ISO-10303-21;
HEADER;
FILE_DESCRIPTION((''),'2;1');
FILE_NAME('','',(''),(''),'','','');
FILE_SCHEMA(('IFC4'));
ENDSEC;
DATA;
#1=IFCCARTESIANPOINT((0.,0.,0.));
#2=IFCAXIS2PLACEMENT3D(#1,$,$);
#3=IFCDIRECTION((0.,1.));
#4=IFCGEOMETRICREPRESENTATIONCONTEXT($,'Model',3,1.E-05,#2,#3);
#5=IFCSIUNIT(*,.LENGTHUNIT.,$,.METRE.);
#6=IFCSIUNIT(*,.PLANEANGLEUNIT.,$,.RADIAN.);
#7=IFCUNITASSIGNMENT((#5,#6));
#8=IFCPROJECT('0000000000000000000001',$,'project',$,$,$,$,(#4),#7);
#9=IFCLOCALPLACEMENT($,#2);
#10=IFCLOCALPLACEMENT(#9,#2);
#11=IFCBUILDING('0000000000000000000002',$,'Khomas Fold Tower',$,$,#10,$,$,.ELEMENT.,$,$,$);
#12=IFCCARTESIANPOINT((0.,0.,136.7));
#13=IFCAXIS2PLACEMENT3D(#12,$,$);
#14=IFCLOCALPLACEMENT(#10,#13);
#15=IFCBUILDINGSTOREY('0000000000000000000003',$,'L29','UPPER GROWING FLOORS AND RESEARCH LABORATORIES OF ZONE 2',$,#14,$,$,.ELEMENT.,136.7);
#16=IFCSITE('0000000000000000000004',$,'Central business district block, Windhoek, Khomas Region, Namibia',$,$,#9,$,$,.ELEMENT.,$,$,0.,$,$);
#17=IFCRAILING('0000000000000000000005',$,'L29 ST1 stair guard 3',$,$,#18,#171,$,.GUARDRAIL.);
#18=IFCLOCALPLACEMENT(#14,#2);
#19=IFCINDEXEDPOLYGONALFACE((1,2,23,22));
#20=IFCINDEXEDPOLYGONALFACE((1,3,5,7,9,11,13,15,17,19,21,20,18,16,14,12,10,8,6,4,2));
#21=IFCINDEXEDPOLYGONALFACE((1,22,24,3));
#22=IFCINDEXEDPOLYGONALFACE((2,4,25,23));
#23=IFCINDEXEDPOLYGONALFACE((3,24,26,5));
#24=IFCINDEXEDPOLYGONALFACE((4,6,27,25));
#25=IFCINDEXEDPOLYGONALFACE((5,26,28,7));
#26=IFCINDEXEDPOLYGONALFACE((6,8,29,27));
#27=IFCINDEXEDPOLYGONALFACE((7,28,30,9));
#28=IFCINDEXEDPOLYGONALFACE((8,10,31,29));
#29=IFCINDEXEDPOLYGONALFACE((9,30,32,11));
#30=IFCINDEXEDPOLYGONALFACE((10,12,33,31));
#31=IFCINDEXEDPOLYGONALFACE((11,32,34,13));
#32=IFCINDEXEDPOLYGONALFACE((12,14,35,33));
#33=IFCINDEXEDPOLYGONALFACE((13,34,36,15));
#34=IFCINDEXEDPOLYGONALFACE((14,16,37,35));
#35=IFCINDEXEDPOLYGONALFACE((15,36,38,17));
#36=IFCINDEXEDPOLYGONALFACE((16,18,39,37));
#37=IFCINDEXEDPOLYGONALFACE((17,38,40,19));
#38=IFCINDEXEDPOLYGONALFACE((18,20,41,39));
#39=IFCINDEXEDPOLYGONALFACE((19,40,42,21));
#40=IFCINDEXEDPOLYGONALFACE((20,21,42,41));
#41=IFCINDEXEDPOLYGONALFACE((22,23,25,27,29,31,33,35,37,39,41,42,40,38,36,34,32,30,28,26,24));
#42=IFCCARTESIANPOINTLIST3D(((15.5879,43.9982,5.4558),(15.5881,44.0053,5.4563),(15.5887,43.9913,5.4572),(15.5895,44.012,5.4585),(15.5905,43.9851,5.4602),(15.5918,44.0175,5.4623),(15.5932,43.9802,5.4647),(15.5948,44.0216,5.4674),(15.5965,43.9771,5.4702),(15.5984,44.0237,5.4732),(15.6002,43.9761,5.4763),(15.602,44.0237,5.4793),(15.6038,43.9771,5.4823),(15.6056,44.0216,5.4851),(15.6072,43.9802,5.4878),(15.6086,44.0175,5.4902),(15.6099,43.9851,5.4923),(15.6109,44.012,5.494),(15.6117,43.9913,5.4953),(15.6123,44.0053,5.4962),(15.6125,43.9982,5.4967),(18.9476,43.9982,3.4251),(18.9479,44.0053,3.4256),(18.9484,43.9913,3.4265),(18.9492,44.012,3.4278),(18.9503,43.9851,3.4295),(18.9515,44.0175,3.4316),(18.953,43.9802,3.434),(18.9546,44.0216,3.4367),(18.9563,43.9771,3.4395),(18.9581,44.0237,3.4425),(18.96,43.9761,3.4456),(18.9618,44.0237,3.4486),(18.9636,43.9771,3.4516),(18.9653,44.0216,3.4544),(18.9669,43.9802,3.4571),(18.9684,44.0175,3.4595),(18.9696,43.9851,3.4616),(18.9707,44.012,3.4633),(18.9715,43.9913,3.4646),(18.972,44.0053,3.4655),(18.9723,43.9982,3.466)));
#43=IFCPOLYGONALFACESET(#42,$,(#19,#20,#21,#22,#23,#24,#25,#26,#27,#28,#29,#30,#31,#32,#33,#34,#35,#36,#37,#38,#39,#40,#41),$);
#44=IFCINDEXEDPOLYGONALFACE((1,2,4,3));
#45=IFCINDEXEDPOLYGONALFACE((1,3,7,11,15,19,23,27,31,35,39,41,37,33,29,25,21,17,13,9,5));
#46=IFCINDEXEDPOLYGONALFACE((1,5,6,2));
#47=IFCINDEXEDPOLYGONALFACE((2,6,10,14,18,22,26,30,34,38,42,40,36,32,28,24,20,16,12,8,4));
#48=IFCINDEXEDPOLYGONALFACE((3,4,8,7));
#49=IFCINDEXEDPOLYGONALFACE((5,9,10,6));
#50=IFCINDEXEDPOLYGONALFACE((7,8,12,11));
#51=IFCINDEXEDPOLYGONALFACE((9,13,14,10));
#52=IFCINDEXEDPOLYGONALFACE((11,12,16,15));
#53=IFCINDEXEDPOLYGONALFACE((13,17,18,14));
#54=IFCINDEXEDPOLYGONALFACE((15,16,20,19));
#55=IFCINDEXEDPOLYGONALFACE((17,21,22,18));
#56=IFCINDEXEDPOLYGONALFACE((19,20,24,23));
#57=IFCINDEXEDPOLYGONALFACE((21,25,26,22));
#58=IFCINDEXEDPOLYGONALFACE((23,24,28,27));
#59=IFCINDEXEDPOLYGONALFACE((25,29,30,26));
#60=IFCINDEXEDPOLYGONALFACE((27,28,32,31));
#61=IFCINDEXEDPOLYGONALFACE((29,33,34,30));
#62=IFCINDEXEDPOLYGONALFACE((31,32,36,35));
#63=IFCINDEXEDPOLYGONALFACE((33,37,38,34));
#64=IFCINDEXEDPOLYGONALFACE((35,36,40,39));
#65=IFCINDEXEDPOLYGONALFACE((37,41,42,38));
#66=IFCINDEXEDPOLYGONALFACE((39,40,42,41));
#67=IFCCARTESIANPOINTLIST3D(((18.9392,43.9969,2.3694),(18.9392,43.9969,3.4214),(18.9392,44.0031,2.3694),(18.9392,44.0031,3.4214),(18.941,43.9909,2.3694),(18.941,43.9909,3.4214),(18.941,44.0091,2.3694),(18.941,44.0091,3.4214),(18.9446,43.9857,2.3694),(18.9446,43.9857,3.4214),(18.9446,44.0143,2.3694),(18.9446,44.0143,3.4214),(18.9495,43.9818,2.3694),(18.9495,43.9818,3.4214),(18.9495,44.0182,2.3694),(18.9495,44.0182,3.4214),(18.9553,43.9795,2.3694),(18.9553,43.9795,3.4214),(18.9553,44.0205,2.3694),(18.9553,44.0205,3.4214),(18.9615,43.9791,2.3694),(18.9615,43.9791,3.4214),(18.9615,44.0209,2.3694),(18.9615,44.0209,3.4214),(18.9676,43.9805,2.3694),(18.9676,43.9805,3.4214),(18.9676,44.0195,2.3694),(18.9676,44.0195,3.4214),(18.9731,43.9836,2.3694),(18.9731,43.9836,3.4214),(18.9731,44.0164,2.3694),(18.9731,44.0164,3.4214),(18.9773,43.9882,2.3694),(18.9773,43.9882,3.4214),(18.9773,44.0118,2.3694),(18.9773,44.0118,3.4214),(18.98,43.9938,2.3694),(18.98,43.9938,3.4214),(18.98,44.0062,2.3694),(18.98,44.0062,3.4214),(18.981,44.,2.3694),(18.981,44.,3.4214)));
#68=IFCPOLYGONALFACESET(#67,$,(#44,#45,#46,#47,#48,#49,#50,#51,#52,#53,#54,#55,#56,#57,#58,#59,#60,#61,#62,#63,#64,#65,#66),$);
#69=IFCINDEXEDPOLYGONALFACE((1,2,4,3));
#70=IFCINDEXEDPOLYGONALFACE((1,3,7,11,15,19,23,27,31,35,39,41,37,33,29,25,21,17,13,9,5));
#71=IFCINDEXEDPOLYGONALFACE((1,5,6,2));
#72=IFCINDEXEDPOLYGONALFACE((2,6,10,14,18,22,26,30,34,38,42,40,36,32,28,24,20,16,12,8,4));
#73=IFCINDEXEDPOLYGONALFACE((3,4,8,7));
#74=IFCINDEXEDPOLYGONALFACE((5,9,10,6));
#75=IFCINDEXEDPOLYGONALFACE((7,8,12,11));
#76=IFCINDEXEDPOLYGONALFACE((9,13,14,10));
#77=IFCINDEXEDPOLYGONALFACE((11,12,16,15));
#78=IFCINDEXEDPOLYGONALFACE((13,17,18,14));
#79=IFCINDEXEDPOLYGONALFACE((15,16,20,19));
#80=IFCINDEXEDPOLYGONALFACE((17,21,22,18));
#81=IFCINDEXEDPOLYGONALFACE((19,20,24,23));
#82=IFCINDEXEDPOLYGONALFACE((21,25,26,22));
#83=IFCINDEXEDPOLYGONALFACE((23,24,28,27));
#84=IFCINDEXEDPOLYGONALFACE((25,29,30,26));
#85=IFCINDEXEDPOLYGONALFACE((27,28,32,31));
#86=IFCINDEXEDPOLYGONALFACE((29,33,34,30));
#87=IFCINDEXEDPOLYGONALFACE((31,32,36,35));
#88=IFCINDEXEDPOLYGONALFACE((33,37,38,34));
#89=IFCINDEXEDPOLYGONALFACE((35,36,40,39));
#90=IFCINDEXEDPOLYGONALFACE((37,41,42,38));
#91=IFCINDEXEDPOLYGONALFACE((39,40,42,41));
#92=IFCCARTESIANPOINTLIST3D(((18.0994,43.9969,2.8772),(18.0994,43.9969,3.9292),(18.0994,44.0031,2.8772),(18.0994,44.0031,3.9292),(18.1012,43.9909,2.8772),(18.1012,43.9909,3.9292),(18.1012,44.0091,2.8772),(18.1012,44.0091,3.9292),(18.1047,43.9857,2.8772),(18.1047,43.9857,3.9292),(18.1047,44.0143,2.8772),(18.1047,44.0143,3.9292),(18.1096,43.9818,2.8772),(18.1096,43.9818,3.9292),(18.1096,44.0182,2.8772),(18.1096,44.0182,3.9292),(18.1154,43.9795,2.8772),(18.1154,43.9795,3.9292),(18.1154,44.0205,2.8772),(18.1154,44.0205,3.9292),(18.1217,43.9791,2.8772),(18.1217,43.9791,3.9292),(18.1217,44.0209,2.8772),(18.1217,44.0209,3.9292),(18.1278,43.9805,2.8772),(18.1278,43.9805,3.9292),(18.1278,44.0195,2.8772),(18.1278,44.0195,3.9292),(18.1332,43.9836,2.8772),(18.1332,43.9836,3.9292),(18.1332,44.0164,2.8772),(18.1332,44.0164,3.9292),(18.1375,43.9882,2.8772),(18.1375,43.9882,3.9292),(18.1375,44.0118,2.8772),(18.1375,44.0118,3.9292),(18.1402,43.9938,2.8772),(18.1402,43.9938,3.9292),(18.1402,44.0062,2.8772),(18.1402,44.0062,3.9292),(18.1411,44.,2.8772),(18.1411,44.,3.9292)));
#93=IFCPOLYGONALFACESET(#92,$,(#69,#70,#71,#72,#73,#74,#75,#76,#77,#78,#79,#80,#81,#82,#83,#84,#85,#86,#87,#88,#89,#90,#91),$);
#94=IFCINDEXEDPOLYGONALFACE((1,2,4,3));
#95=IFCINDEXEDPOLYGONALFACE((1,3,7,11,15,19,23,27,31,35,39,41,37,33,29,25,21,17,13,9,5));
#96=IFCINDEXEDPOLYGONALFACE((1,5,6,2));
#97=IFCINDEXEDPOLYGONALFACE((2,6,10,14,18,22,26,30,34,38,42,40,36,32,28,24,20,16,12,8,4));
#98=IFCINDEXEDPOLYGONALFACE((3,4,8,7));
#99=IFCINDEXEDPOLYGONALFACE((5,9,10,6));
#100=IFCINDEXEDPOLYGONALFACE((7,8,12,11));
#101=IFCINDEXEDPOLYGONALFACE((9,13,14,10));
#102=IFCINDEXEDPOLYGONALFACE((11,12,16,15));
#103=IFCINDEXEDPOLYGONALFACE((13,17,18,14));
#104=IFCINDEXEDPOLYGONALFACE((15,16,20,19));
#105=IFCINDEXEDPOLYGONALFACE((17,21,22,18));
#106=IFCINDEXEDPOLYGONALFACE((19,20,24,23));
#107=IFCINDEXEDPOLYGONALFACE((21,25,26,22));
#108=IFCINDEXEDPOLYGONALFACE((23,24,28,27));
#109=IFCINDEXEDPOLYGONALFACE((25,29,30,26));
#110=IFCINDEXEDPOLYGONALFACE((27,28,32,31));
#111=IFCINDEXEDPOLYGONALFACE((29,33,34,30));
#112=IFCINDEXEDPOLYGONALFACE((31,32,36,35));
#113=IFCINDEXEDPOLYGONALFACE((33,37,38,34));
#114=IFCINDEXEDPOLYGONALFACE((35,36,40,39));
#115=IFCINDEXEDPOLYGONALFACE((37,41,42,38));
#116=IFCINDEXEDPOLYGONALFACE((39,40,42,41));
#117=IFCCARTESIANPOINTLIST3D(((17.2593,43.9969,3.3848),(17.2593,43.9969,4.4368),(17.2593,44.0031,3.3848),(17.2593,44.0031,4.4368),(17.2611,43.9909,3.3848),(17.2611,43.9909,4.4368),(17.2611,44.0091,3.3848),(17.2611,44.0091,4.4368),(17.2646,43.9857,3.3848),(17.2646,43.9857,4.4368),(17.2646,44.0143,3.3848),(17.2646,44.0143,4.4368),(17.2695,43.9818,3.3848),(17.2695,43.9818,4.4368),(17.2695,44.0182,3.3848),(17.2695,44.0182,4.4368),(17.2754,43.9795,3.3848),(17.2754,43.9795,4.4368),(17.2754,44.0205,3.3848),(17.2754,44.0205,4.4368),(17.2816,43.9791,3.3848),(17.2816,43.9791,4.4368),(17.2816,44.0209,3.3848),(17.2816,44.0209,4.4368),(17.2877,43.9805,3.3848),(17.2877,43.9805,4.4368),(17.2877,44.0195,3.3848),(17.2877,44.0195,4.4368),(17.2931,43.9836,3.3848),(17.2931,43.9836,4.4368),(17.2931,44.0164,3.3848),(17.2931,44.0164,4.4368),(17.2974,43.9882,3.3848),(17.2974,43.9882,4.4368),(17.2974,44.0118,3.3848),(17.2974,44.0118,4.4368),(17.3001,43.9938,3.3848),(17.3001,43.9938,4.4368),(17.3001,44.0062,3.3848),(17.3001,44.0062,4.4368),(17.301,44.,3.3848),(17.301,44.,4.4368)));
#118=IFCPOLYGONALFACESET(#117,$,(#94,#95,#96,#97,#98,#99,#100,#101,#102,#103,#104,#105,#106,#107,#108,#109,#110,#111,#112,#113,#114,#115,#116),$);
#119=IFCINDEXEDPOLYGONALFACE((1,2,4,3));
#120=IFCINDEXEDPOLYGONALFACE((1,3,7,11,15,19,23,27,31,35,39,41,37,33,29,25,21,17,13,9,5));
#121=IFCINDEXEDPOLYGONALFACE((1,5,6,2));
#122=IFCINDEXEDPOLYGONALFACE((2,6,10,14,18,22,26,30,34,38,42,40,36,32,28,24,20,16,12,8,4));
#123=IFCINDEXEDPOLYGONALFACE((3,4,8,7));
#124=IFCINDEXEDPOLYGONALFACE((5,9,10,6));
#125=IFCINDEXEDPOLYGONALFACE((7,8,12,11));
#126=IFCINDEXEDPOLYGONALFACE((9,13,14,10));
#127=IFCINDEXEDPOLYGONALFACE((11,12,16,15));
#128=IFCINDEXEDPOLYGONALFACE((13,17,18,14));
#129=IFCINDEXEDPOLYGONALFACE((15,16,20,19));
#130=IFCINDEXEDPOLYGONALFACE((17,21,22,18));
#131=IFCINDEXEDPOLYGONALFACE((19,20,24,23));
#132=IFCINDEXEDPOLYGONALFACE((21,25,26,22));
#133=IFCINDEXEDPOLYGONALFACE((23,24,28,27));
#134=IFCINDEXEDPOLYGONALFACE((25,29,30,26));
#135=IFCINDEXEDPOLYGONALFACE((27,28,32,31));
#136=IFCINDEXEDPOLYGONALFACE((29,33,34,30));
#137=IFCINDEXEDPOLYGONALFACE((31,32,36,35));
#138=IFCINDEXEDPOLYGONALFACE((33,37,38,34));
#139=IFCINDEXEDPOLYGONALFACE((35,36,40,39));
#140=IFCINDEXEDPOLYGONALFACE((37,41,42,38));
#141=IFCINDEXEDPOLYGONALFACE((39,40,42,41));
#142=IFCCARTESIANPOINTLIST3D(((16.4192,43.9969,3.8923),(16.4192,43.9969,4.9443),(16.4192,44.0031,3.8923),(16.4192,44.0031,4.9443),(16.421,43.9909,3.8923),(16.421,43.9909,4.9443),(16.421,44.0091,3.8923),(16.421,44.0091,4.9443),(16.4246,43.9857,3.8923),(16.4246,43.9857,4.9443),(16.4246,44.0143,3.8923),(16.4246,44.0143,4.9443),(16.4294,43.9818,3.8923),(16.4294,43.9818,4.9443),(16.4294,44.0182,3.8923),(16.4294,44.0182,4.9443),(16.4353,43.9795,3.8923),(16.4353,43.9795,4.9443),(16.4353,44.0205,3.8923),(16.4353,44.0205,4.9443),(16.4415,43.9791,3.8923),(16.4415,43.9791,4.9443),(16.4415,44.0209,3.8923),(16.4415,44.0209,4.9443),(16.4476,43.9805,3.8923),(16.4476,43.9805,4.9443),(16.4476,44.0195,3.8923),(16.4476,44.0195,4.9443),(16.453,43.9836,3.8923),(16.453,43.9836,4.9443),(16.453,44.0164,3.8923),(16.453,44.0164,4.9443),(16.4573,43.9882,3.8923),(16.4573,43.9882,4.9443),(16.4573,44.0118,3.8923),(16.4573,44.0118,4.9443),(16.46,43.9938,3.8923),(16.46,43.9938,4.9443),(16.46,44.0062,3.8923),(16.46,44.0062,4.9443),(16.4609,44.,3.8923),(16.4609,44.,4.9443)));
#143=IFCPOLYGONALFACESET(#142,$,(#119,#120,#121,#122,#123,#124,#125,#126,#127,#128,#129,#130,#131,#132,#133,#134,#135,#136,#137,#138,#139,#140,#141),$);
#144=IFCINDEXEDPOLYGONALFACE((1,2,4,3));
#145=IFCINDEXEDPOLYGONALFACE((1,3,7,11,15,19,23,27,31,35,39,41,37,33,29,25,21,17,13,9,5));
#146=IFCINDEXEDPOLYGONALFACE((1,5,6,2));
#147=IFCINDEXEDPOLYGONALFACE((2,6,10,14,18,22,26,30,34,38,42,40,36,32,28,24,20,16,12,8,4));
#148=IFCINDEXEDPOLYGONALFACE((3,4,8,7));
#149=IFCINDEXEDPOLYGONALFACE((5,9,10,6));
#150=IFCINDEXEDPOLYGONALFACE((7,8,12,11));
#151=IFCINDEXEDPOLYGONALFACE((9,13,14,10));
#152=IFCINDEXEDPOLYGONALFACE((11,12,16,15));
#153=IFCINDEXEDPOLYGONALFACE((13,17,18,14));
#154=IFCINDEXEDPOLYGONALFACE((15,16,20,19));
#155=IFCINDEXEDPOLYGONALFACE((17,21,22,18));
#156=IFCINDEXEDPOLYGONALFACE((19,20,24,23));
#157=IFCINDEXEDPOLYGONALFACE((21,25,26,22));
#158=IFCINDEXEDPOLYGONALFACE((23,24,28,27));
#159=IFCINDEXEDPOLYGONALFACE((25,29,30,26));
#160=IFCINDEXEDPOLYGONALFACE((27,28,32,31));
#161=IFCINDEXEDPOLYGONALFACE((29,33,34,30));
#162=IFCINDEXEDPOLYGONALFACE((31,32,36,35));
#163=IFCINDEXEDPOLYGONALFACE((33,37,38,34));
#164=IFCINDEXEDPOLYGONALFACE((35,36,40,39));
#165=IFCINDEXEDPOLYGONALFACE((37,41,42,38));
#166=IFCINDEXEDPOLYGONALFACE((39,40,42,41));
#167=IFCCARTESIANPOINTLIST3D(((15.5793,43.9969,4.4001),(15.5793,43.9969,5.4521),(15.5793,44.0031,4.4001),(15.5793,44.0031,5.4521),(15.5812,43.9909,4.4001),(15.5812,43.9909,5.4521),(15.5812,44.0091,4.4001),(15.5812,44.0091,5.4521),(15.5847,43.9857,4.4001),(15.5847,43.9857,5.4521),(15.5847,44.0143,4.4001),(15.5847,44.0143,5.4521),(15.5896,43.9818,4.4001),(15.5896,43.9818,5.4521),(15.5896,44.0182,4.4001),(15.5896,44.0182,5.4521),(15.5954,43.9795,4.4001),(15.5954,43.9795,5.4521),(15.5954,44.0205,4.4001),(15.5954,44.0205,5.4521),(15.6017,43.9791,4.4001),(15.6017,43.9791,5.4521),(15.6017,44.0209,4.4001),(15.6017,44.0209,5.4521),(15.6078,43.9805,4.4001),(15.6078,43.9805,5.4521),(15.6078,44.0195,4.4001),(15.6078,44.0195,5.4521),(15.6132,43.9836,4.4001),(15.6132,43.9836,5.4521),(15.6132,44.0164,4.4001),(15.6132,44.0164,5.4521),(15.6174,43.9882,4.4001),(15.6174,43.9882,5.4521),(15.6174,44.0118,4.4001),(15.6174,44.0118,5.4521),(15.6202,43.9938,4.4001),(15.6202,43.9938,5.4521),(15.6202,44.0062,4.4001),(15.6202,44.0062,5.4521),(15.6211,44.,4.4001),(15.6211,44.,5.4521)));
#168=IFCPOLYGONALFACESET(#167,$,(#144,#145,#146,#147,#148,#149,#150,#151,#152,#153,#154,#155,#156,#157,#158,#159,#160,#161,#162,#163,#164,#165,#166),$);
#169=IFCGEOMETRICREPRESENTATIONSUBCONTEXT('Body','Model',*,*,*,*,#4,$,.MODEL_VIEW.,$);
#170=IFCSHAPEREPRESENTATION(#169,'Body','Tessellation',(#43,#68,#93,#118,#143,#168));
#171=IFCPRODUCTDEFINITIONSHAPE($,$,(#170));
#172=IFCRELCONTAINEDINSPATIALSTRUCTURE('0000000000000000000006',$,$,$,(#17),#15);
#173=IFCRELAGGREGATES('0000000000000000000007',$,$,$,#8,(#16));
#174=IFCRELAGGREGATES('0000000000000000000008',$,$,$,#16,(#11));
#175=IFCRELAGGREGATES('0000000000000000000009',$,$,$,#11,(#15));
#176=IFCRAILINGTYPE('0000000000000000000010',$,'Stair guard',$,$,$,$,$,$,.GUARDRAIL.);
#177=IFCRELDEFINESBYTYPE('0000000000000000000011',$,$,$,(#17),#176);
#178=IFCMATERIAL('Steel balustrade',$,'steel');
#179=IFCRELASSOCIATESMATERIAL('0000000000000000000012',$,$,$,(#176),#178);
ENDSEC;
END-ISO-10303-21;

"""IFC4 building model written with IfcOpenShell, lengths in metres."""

from ifc_helpers import new_model, si_unit, direction, frame, origin, origin_2d, place, context, subcontext, project, spatial, circle, extrude, source, transform, mapped, material, type_object, element, save


model = new_model("IFC4")

# Units and contexts
model_context = context("Model", 3, precision=1e-05, world=origin(), true_north=direction((0.0, 1.0)))
body_context = subcontext(model_context, "Body", "Model", "MODEL_VIEW")
ifc_project = project(units=[si_unit("LENGTHUNIT", "METRE"), si_unit("PLANEANGLEUNIT", "RADIAN")], contexts=[model_context])

# Site, building, storey
site_placement = place(None, origin())
site = spatial("IfcSite", under=ifc_project, at=site_placement, Name="Central business district block, Windhoek, Khomas Region, Namibia", CompositionType="ELEMENT", RefElevation=0.0)
building_placement = place(site_placement, origin())
building = spatial("IfcBuilding", under=site, at=building_placement, Name="Khomas Fold Tower", CompositionType="ELEMENT")
storey_placement = place(building_placement, frame((0.0, 0.0, 136.7)))
storey = spatial("IfcBuildingStorey", under=building, at=storey_placement, Name="L29", Description="UPPER GROWING FLOORS AND RESEARCH LABORATORIES OF ZONE 2", CompositionType="ELEMENT", Elevation=136.7)

# Railing
ifc_material_1 = material(Name="Steel balustrade", Category="steel")
railing_type_1 = type_object("IfcRailingType", Name="Stair guard", PredefinedType="GUARDRAIL", material=ifc_material_1)
shared_shape_1 = source(origin(), body_context, "Body", "SweptSolid", [
    extrude(circle(Radius=0.0239, at=origin_2d()), frame((0.0, 0.0, 1.0762), z_axis=(-0.85582, 0.0, 0.517273), x_axis=(0.0, -1.0, 0.0)), (0.0, 0.0, 1.0), 3.9258),
    extrude(circle(Radius=0.021, at=origin_2d()), origin(), (0.0, 0.0, 1.0), 1.052),
    extrude(circle(Radius=0.021, at=origin_2d()), frame((-0.8398, 0.0, 0.5078)), (0.0, 0.0, 1.0), 1.052),
    extrude(circle(Radius=0.021, at=origin_2d()), frame((-1.6799, 0.0, 1.0154)), (0.0, 0.0, 1.0), 1.052),
    extrude(circle(Radius=0.021, at=origin_2d()), frame((-2.52, 0.0, 1.5229)), (0.0, 0.0, 1.0), 1.052),
    extrude(circle(Radius=0.021, at=origin_2d()), frame((-3.3599, 0.0, 2.0308)), (0.0, 0.0, 1.0), 1.052),
])
railing_1_placement = place(storey_placement, frame((18.96, 44.0, 2.3694)))
element("IfcRailing", 1, at=railing_1_placement, inside=storey, type_object=railing_type_1, Name="L29 ST1 stair guard 3", PredefinedType="GUARDRAIL", context=body_context, shape_type="MappedRepresentation", body=[
    mapped(shared_shape_1, transform((0.0, 0.0, 0.0))),
])

save(model, "model.ifc")
